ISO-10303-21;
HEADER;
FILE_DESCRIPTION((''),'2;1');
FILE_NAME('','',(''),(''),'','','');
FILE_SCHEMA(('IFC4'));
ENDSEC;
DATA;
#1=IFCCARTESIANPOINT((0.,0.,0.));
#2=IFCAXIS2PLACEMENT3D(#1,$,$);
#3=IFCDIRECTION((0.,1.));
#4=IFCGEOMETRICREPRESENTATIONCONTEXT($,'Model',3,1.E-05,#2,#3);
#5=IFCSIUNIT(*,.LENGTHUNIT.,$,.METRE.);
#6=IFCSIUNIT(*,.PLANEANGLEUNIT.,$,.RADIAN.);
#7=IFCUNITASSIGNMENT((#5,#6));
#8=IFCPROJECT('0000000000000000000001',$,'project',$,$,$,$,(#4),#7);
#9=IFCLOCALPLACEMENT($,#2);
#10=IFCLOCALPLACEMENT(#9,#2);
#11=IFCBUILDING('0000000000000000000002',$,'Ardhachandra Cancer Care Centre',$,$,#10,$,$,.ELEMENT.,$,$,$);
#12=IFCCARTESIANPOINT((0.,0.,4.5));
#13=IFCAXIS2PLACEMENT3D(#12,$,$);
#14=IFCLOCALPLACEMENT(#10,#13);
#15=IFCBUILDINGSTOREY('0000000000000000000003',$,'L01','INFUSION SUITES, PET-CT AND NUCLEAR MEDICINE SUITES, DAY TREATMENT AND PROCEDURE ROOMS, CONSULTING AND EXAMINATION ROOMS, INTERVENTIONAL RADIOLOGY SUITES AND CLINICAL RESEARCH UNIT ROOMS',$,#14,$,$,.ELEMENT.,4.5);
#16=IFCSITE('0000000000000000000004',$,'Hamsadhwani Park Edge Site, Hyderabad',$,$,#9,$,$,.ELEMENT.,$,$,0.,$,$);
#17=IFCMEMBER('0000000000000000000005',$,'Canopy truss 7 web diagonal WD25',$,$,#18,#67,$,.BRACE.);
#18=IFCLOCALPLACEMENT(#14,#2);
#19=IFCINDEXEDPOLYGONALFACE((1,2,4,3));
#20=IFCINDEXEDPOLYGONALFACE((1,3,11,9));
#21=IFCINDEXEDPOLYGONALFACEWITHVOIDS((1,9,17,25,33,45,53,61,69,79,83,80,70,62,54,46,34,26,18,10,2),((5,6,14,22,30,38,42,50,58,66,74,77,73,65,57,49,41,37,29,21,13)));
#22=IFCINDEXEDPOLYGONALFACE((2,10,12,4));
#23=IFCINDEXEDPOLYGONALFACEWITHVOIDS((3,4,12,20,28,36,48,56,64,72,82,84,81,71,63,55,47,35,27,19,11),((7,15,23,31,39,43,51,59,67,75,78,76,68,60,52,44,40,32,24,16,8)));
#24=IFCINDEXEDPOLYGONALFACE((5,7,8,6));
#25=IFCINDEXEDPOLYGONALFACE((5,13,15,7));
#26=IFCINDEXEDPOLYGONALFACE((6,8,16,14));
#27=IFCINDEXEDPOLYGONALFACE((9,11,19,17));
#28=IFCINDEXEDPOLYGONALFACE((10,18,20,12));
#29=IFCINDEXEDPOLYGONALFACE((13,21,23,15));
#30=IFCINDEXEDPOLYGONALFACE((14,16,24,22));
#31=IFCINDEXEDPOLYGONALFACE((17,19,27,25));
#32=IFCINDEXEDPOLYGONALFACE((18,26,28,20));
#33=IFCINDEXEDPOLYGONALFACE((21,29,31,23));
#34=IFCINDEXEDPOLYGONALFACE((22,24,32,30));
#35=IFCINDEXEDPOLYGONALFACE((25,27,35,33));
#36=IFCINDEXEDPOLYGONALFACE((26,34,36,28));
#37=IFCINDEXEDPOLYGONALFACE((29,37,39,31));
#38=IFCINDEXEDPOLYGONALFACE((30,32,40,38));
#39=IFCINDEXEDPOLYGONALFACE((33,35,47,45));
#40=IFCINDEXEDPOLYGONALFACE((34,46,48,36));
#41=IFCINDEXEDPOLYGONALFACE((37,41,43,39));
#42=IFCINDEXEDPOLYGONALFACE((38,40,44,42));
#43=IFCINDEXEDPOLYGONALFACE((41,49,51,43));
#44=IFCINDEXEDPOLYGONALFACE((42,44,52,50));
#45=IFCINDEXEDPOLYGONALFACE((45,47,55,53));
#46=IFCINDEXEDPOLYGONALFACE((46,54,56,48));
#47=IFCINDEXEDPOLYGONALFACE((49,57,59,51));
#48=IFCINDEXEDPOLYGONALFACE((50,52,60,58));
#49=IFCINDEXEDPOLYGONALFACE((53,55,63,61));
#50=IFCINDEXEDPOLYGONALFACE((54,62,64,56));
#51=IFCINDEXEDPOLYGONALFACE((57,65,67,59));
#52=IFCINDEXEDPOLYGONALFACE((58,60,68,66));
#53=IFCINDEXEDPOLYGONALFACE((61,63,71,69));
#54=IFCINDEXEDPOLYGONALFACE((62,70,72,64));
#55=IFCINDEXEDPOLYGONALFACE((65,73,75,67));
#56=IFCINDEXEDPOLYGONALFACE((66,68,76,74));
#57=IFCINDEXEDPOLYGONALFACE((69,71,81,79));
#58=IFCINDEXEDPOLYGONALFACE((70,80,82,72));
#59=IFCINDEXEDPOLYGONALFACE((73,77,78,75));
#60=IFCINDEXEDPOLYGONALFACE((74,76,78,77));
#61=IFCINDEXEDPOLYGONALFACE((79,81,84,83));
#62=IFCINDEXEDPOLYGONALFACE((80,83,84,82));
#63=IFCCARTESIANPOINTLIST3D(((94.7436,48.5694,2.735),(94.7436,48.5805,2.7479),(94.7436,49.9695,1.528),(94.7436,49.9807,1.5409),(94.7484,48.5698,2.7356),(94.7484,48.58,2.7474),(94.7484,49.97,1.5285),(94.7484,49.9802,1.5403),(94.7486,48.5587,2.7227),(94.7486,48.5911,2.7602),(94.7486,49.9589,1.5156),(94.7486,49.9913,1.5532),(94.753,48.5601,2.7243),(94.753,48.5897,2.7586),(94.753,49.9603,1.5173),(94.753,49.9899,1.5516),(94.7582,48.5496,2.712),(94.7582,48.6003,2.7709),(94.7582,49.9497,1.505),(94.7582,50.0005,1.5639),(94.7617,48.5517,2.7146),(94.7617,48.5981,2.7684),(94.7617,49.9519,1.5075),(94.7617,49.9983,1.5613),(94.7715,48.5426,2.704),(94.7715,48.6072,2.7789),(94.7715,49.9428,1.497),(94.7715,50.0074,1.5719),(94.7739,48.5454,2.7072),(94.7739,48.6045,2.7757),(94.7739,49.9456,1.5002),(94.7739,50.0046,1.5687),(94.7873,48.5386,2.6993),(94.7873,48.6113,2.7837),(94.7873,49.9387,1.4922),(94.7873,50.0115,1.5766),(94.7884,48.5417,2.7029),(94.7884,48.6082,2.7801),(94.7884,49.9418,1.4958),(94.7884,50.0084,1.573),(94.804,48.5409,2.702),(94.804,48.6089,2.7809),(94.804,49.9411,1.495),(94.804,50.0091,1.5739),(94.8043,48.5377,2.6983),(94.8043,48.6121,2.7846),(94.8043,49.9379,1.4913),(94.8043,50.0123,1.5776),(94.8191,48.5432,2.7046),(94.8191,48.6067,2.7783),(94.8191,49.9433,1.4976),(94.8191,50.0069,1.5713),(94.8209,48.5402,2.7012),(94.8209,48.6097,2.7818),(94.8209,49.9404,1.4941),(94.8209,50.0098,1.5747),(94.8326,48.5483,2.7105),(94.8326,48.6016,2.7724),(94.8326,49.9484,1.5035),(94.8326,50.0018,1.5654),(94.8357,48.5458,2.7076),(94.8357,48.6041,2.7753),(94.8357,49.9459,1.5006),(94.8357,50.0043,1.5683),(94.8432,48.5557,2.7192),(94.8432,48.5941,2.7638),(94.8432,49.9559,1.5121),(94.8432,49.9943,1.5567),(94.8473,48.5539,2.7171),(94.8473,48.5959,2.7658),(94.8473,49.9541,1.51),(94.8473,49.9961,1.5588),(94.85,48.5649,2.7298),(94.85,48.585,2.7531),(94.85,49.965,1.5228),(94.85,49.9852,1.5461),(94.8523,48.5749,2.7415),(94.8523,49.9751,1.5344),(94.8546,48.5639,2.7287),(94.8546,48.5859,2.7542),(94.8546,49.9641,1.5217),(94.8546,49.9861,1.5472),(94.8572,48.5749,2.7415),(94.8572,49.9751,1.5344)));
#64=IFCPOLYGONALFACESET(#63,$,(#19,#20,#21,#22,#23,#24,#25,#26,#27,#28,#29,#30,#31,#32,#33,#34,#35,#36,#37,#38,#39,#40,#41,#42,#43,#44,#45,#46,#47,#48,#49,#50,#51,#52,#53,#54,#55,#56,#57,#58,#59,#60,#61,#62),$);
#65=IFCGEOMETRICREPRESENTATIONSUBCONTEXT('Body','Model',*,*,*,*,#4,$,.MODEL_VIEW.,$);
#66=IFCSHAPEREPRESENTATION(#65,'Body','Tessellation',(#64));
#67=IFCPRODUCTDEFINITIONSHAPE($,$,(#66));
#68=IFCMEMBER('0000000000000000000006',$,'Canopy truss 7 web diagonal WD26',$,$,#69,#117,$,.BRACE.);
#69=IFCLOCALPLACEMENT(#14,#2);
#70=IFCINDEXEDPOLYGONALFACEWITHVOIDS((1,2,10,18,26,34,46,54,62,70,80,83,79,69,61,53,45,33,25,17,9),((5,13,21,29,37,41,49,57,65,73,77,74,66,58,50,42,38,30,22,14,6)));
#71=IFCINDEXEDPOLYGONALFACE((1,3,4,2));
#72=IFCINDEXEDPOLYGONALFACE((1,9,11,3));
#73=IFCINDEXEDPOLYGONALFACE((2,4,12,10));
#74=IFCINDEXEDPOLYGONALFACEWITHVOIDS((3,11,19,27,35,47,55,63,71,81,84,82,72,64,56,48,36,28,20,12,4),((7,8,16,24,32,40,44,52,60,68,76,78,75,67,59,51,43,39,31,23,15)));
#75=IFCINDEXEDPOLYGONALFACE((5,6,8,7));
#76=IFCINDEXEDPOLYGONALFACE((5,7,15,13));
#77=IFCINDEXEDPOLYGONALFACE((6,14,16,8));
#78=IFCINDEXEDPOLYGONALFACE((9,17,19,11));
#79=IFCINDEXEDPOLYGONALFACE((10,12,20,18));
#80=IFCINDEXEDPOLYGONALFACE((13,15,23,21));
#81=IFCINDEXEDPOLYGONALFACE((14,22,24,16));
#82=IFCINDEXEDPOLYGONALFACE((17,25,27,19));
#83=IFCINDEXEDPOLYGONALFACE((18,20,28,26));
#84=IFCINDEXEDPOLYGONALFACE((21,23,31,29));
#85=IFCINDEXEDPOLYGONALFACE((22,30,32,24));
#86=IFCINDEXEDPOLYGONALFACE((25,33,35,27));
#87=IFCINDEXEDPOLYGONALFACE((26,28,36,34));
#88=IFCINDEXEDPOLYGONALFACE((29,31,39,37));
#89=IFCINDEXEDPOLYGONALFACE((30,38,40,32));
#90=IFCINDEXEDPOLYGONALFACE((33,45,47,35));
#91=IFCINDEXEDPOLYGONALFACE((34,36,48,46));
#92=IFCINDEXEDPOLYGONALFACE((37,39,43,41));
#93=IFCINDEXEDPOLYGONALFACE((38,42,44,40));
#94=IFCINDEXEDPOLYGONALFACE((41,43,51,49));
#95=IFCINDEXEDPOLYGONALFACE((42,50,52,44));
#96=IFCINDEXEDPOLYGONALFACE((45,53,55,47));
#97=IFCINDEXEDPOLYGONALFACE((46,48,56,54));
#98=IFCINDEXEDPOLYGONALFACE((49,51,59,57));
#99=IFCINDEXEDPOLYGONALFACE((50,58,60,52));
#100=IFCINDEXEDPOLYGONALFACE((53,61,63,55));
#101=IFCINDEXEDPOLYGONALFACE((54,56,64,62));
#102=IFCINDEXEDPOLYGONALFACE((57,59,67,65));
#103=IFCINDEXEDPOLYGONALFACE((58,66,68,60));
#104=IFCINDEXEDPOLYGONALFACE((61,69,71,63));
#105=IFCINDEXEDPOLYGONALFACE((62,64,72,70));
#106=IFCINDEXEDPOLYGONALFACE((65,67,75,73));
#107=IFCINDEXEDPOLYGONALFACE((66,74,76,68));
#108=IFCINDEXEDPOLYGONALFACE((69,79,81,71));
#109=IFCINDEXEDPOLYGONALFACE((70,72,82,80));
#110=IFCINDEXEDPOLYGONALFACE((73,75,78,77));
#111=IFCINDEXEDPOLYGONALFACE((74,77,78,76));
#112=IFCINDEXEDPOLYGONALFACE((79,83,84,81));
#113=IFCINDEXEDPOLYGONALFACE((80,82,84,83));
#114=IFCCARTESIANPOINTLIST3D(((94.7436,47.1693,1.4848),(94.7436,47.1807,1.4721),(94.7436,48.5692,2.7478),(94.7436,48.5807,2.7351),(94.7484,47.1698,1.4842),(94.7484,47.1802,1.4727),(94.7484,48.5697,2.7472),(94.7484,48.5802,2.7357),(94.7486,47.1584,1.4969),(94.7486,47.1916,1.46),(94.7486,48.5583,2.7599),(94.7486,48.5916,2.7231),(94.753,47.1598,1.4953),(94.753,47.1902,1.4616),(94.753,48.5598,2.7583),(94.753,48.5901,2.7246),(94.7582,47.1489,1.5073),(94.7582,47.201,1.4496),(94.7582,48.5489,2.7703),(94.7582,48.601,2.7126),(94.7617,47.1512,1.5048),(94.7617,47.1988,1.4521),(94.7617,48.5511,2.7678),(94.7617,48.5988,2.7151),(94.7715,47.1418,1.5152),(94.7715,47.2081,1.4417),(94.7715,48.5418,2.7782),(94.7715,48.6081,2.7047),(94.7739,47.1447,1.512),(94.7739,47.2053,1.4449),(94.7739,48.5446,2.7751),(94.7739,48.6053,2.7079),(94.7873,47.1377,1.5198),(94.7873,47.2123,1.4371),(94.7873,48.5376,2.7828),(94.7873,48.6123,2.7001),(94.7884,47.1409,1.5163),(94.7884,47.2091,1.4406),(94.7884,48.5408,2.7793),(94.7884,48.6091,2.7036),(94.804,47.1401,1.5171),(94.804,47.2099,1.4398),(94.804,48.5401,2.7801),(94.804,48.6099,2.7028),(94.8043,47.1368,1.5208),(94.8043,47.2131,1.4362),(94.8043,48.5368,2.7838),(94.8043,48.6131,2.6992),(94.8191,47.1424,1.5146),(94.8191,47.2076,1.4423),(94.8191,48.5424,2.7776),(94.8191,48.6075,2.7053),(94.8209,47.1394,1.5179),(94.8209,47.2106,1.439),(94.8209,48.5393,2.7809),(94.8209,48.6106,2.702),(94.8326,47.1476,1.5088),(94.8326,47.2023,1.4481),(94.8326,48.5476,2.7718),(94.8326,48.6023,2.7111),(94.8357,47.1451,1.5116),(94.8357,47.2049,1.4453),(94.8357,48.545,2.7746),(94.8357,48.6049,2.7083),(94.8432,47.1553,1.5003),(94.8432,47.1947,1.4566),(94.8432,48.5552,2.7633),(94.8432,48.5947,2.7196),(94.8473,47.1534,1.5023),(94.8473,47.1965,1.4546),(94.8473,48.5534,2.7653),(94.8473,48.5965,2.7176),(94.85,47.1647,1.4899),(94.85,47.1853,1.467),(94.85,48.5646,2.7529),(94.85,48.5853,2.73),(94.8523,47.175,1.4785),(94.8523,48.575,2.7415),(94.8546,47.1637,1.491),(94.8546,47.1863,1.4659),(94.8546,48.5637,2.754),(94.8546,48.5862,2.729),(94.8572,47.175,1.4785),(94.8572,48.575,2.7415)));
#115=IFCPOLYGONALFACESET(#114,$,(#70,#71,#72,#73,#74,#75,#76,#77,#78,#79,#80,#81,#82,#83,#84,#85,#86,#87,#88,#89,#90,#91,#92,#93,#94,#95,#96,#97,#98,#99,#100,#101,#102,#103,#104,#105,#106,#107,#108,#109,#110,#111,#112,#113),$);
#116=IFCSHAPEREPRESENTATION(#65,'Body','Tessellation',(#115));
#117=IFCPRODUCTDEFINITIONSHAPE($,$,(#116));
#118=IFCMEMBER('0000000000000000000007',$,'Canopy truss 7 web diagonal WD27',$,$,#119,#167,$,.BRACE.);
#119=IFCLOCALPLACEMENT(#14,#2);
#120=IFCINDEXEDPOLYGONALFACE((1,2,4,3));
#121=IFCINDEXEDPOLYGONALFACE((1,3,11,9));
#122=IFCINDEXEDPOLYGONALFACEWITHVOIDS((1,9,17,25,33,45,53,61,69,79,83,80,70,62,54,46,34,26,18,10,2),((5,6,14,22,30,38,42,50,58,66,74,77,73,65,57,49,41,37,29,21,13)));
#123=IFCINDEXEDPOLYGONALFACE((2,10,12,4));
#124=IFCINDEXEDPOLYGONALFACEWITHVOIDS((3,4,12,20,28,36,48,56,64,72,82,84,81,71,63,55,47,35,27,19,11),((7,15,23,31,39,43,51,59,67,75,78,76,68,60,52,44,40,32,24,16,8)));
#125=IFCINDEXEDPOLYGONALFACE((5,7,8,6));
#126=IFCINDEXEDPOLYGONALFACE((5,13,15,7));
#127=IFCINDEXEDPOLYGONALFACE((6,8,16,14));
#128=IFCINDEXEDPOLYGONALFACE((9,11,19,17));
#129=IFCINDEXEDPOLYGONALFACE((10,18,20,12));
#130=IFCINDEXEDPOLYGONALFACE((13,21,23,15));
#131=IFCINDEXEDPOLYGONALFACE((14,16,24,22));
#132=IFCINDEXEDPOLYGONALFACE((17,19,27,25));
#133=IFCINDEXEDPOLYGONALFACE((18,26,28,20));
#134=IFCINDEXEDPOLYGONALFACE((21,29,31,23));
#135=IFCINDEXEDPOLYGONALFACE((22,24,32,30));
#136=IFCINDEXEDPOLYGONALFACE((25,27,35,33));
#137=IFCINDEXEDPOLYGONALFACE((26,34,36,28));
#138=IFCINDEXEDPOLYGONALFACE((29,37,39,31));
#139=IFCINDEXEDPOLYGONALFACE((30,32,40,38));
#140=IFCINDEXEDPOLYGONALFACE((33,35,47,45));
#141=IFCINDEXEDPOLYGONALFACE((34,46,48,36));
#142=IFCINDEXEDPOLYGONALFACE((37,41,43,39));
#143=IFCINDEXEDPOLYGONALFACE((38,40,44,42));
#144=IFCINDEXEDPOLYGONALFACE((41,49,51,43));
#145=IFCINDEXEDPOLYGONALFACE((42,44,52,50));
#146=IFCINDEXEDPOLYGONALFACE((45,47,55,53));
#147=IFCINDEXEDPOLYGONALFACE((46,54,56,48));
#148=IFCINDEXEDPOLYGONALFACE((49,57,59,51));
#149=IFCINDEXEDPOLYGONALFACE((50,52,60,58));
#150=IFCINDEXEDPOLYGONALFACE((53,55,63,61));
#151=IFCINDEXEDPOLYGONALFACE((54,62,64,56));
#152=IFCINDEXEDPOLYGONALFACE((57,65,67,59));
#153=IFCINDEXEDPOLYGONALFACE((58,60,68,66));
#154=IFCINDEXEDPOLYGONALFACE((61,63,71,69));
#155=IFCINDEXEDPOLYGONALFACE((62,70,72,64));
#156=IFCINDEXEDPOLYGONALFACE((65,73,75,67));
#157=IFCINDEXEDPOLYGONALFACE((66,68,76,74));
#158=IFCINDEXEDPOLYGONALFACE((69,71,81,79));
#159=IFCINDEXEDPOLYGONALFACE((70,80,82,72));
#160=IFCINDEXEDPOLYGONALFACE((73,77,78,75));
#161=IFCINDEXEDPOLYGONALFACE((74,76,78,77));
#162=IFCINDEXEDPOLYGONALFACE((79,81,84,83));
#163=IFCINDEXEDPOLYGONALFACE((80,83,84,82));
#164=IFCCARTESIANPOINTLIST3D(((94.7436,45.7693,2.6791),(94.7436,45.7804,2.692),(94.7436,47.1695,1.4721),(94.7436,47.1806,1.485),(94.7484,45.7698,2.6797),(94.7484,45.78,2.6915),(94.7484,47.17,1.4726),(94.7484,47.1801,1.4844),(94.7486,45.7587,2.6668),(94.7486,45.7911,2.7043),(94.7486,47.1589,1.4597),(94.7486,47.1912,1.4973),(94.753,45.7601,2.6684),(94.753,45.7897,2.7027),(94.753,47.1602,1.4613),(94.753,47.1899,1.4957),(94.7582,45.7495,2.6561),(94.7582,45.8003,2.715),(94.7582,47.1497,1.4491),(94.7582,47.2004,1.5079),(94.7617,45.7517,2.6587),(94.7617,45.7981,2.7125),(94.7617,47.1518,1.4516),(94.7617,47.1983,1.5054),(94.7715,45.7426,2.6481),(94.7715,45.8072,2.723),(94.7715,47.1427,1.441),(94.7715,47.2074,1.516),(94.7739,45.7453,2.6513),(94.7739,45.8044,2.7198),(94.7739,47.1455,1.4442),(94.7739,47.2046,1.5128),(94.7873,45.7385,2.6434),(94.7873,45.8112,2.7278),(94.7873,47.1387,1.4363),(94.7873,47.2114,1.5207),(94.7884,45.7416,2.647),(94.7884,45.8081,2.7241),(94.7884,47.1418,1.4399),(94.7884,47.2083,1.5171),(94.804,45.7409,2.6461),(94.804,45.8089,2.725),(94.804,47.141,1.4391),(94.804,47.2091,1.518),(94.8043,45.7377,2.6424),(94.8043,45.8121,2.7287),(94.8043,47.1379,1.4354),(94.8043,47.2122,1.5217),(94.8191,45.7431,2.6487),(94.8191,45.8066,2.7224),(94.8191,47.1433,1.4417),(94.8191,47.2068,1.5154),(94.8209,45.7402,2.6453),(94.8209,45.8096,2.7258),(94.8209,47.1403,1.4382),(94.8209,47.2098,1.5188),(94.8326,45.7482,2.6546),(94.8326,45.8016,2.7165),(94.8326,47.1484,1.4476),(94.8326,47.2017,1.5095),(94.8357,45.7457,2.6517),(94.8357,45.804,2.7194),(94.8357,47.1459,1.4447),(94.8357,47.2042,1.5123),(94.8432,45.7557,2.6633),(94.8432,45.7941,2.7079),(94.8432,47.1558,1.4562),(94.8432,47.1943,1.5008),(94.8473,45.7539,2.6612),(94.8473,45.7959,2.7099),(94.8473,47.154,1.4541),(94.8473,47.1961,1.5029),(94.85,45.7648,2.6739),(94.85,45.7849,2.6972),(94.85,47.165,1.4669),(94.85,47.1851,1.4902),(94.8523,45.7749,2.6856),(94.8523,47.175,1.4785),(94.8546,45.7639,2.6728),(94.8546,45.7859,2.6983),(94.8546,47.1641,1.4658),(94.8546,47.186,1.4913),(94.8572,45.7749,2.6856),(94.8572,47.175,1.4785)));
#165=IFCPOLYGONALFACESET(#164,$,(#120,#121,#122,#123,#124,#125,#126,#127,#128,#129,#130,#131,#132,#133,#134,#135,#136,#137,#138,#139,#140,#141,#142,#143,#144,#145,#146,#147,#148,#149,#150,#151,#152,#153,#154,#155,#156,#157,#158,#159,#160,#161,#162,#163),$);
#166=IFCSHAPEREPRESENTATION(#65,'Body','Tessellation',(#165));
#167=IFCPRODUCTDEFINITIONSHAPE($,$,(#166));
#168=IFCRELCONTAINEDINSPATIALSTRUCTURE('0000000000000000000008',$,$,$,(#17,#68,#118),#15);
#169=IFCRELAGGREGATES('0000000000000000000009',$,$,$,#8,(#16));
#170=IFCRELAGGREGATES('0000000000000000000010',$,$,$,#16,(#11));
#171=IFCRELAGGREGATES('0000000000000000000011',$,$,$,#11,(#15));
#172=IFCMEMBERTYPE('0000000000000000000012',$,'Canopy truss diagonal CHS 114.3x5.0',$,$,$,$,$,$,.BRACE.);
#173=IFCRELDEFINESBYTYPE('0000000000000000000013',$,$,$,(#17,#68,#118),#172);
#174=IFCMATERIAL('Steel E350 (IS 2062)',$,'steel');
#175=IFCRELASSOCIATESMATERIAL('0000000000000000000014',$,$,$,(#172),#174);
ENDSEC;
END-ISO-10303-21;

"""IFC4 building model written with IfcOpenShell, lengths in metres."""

from ifc_helpers import new_model, si_unit, direction, frame, origin, origin_2d, place, context, subcontext, project, spatial, hollow_circle, extrude, material, material_profile, profile_set, type_object, element, save


model = new_model("IFC4")

# Units and contexts
model_context = context("Model", 3, precision=1e-05, world=origin(), true_north=direction((0.0, 1.0)))
body_context = subcontext(model_context, "Body", "Model", "MODEL_VIEW")
ifc_project = project(units=[si_unit("LENGTHUNIT", "METRE"), si_unit("PLANEANGLEUNIT", "RADIAN")], contexts=[model_context])

# Site, building, storey
site_placement = place(None, origin())
site = spatial("IfcSite", under=ifc_project, at=site_placement, Name="Hamsadhwani Park Edge Site, Hyderabad", CompositionType="ELEMENT", RefElevation=0.0)
building_placement = place(site_placement, origin())
building = spatial("IfcBuilding", under=site, at=building_placement, Name="Ardhachandra Cancer Care Centre", CompositionType="ELEMENT")
storey_placement = place(building_placement, frame((0.0, 0.0, 4.5)))
storey = spatial("IfcBuildingStorey", under=building, at=storey_placement, Name="L01", Description="INFUSION SUITES, PET-CT AND NUCLEAR MEDICINE SUITES, DAY TREATMENT AND PROCEDURE ROOMS, CONSULTING AND EXAMINATION ROOMS, INTERVENTIONAL RADIOLOGY SUITES AND CLINICAL RESEARCH UNIT ROOMS", CompositionType="ELEMENT", Elevation=4.5)

# Members
ifc_material_1 = material(Name="Steel E350 (IS 2062)", Category="steel")
ifc_material_profile_1 = material_profile(ifc_material_1, hollow_circle(Radius=0.0571, WallThickness=0.0049, at=origin_2d()), Name="CHS 114.3x5.0")
ifc_profile_set_1 = profile_set([ifc_material_profile_1], Name="Steel E350 (IS 2062)")
member_type_1 = type_object("IfcMemberType", Name="Canopy truss diagonal CHS 114.3x5.0", PredefinedType="BRACE", material=ifc_profile_set_1)
member_1_placement = place(storey_placement, frame((94.8, 49.9751, 1.5344), z_axis=(0.0, -0.757408, 0.652942), x_axis=(1.0, 0.0, 0.0)))
element("IfcMember", 1, at=member_1_placement, inside=storey, type_object=member_type_1, Name="Canopy truss 7 web diagonal WD25", PredefinedType="BRACE", context=body_context, shape_type="SweptSolid", body=[
    extrude(hollow_circle(Radius=0.0571, WallThickness=0.0049, at=origin_2d()), origin(), (0.0, 0.0, 1.0), 1.8486),
])
member_2_placement = place(storey_placement, frame((94.8, 48.575, 2.7415), z_axis=(0.0, -0.742495, -0.669851), x_axis=(1.0, 0.0, 0.0)))
element("IfcMember", 2, at=member_2_placement, inside=storey, type_object=member_type_1, Name="Canopy truss 7 web diagonal WD26", PredefinedType="BRACE", context=body_context, shape_type="SweptSolid", body=[
    extrude(hollow_circle(Radius=0.0571, WallThickness=0.0049, at=origin_2d()), origin(), (0.0, 0.0, 1.0), 1.8855),
])
member_3_placement = place(storey_placement, frame((94.8, 47.175, 1.4785), z_axis=(0.0, -0.757408, 0.652942), x_axis=(1.0, 0.0, 0.0)))
element("IfcMember", 3, at=member_3_placement, inside=storey, type_object=member_type_1, Name="Canopy truss 7 web diagonal WD27", PredefinedType="BRACE", context=body_context, shape_type="SweptSolid", body=[
    extrude(hollow_circle(Radius=0.0571, WallThickness=0.0049, at=origin_2d()), origin(), (0.0, 0.0, 1.0), 1.8486),
])

save(model, "model.ifc")
